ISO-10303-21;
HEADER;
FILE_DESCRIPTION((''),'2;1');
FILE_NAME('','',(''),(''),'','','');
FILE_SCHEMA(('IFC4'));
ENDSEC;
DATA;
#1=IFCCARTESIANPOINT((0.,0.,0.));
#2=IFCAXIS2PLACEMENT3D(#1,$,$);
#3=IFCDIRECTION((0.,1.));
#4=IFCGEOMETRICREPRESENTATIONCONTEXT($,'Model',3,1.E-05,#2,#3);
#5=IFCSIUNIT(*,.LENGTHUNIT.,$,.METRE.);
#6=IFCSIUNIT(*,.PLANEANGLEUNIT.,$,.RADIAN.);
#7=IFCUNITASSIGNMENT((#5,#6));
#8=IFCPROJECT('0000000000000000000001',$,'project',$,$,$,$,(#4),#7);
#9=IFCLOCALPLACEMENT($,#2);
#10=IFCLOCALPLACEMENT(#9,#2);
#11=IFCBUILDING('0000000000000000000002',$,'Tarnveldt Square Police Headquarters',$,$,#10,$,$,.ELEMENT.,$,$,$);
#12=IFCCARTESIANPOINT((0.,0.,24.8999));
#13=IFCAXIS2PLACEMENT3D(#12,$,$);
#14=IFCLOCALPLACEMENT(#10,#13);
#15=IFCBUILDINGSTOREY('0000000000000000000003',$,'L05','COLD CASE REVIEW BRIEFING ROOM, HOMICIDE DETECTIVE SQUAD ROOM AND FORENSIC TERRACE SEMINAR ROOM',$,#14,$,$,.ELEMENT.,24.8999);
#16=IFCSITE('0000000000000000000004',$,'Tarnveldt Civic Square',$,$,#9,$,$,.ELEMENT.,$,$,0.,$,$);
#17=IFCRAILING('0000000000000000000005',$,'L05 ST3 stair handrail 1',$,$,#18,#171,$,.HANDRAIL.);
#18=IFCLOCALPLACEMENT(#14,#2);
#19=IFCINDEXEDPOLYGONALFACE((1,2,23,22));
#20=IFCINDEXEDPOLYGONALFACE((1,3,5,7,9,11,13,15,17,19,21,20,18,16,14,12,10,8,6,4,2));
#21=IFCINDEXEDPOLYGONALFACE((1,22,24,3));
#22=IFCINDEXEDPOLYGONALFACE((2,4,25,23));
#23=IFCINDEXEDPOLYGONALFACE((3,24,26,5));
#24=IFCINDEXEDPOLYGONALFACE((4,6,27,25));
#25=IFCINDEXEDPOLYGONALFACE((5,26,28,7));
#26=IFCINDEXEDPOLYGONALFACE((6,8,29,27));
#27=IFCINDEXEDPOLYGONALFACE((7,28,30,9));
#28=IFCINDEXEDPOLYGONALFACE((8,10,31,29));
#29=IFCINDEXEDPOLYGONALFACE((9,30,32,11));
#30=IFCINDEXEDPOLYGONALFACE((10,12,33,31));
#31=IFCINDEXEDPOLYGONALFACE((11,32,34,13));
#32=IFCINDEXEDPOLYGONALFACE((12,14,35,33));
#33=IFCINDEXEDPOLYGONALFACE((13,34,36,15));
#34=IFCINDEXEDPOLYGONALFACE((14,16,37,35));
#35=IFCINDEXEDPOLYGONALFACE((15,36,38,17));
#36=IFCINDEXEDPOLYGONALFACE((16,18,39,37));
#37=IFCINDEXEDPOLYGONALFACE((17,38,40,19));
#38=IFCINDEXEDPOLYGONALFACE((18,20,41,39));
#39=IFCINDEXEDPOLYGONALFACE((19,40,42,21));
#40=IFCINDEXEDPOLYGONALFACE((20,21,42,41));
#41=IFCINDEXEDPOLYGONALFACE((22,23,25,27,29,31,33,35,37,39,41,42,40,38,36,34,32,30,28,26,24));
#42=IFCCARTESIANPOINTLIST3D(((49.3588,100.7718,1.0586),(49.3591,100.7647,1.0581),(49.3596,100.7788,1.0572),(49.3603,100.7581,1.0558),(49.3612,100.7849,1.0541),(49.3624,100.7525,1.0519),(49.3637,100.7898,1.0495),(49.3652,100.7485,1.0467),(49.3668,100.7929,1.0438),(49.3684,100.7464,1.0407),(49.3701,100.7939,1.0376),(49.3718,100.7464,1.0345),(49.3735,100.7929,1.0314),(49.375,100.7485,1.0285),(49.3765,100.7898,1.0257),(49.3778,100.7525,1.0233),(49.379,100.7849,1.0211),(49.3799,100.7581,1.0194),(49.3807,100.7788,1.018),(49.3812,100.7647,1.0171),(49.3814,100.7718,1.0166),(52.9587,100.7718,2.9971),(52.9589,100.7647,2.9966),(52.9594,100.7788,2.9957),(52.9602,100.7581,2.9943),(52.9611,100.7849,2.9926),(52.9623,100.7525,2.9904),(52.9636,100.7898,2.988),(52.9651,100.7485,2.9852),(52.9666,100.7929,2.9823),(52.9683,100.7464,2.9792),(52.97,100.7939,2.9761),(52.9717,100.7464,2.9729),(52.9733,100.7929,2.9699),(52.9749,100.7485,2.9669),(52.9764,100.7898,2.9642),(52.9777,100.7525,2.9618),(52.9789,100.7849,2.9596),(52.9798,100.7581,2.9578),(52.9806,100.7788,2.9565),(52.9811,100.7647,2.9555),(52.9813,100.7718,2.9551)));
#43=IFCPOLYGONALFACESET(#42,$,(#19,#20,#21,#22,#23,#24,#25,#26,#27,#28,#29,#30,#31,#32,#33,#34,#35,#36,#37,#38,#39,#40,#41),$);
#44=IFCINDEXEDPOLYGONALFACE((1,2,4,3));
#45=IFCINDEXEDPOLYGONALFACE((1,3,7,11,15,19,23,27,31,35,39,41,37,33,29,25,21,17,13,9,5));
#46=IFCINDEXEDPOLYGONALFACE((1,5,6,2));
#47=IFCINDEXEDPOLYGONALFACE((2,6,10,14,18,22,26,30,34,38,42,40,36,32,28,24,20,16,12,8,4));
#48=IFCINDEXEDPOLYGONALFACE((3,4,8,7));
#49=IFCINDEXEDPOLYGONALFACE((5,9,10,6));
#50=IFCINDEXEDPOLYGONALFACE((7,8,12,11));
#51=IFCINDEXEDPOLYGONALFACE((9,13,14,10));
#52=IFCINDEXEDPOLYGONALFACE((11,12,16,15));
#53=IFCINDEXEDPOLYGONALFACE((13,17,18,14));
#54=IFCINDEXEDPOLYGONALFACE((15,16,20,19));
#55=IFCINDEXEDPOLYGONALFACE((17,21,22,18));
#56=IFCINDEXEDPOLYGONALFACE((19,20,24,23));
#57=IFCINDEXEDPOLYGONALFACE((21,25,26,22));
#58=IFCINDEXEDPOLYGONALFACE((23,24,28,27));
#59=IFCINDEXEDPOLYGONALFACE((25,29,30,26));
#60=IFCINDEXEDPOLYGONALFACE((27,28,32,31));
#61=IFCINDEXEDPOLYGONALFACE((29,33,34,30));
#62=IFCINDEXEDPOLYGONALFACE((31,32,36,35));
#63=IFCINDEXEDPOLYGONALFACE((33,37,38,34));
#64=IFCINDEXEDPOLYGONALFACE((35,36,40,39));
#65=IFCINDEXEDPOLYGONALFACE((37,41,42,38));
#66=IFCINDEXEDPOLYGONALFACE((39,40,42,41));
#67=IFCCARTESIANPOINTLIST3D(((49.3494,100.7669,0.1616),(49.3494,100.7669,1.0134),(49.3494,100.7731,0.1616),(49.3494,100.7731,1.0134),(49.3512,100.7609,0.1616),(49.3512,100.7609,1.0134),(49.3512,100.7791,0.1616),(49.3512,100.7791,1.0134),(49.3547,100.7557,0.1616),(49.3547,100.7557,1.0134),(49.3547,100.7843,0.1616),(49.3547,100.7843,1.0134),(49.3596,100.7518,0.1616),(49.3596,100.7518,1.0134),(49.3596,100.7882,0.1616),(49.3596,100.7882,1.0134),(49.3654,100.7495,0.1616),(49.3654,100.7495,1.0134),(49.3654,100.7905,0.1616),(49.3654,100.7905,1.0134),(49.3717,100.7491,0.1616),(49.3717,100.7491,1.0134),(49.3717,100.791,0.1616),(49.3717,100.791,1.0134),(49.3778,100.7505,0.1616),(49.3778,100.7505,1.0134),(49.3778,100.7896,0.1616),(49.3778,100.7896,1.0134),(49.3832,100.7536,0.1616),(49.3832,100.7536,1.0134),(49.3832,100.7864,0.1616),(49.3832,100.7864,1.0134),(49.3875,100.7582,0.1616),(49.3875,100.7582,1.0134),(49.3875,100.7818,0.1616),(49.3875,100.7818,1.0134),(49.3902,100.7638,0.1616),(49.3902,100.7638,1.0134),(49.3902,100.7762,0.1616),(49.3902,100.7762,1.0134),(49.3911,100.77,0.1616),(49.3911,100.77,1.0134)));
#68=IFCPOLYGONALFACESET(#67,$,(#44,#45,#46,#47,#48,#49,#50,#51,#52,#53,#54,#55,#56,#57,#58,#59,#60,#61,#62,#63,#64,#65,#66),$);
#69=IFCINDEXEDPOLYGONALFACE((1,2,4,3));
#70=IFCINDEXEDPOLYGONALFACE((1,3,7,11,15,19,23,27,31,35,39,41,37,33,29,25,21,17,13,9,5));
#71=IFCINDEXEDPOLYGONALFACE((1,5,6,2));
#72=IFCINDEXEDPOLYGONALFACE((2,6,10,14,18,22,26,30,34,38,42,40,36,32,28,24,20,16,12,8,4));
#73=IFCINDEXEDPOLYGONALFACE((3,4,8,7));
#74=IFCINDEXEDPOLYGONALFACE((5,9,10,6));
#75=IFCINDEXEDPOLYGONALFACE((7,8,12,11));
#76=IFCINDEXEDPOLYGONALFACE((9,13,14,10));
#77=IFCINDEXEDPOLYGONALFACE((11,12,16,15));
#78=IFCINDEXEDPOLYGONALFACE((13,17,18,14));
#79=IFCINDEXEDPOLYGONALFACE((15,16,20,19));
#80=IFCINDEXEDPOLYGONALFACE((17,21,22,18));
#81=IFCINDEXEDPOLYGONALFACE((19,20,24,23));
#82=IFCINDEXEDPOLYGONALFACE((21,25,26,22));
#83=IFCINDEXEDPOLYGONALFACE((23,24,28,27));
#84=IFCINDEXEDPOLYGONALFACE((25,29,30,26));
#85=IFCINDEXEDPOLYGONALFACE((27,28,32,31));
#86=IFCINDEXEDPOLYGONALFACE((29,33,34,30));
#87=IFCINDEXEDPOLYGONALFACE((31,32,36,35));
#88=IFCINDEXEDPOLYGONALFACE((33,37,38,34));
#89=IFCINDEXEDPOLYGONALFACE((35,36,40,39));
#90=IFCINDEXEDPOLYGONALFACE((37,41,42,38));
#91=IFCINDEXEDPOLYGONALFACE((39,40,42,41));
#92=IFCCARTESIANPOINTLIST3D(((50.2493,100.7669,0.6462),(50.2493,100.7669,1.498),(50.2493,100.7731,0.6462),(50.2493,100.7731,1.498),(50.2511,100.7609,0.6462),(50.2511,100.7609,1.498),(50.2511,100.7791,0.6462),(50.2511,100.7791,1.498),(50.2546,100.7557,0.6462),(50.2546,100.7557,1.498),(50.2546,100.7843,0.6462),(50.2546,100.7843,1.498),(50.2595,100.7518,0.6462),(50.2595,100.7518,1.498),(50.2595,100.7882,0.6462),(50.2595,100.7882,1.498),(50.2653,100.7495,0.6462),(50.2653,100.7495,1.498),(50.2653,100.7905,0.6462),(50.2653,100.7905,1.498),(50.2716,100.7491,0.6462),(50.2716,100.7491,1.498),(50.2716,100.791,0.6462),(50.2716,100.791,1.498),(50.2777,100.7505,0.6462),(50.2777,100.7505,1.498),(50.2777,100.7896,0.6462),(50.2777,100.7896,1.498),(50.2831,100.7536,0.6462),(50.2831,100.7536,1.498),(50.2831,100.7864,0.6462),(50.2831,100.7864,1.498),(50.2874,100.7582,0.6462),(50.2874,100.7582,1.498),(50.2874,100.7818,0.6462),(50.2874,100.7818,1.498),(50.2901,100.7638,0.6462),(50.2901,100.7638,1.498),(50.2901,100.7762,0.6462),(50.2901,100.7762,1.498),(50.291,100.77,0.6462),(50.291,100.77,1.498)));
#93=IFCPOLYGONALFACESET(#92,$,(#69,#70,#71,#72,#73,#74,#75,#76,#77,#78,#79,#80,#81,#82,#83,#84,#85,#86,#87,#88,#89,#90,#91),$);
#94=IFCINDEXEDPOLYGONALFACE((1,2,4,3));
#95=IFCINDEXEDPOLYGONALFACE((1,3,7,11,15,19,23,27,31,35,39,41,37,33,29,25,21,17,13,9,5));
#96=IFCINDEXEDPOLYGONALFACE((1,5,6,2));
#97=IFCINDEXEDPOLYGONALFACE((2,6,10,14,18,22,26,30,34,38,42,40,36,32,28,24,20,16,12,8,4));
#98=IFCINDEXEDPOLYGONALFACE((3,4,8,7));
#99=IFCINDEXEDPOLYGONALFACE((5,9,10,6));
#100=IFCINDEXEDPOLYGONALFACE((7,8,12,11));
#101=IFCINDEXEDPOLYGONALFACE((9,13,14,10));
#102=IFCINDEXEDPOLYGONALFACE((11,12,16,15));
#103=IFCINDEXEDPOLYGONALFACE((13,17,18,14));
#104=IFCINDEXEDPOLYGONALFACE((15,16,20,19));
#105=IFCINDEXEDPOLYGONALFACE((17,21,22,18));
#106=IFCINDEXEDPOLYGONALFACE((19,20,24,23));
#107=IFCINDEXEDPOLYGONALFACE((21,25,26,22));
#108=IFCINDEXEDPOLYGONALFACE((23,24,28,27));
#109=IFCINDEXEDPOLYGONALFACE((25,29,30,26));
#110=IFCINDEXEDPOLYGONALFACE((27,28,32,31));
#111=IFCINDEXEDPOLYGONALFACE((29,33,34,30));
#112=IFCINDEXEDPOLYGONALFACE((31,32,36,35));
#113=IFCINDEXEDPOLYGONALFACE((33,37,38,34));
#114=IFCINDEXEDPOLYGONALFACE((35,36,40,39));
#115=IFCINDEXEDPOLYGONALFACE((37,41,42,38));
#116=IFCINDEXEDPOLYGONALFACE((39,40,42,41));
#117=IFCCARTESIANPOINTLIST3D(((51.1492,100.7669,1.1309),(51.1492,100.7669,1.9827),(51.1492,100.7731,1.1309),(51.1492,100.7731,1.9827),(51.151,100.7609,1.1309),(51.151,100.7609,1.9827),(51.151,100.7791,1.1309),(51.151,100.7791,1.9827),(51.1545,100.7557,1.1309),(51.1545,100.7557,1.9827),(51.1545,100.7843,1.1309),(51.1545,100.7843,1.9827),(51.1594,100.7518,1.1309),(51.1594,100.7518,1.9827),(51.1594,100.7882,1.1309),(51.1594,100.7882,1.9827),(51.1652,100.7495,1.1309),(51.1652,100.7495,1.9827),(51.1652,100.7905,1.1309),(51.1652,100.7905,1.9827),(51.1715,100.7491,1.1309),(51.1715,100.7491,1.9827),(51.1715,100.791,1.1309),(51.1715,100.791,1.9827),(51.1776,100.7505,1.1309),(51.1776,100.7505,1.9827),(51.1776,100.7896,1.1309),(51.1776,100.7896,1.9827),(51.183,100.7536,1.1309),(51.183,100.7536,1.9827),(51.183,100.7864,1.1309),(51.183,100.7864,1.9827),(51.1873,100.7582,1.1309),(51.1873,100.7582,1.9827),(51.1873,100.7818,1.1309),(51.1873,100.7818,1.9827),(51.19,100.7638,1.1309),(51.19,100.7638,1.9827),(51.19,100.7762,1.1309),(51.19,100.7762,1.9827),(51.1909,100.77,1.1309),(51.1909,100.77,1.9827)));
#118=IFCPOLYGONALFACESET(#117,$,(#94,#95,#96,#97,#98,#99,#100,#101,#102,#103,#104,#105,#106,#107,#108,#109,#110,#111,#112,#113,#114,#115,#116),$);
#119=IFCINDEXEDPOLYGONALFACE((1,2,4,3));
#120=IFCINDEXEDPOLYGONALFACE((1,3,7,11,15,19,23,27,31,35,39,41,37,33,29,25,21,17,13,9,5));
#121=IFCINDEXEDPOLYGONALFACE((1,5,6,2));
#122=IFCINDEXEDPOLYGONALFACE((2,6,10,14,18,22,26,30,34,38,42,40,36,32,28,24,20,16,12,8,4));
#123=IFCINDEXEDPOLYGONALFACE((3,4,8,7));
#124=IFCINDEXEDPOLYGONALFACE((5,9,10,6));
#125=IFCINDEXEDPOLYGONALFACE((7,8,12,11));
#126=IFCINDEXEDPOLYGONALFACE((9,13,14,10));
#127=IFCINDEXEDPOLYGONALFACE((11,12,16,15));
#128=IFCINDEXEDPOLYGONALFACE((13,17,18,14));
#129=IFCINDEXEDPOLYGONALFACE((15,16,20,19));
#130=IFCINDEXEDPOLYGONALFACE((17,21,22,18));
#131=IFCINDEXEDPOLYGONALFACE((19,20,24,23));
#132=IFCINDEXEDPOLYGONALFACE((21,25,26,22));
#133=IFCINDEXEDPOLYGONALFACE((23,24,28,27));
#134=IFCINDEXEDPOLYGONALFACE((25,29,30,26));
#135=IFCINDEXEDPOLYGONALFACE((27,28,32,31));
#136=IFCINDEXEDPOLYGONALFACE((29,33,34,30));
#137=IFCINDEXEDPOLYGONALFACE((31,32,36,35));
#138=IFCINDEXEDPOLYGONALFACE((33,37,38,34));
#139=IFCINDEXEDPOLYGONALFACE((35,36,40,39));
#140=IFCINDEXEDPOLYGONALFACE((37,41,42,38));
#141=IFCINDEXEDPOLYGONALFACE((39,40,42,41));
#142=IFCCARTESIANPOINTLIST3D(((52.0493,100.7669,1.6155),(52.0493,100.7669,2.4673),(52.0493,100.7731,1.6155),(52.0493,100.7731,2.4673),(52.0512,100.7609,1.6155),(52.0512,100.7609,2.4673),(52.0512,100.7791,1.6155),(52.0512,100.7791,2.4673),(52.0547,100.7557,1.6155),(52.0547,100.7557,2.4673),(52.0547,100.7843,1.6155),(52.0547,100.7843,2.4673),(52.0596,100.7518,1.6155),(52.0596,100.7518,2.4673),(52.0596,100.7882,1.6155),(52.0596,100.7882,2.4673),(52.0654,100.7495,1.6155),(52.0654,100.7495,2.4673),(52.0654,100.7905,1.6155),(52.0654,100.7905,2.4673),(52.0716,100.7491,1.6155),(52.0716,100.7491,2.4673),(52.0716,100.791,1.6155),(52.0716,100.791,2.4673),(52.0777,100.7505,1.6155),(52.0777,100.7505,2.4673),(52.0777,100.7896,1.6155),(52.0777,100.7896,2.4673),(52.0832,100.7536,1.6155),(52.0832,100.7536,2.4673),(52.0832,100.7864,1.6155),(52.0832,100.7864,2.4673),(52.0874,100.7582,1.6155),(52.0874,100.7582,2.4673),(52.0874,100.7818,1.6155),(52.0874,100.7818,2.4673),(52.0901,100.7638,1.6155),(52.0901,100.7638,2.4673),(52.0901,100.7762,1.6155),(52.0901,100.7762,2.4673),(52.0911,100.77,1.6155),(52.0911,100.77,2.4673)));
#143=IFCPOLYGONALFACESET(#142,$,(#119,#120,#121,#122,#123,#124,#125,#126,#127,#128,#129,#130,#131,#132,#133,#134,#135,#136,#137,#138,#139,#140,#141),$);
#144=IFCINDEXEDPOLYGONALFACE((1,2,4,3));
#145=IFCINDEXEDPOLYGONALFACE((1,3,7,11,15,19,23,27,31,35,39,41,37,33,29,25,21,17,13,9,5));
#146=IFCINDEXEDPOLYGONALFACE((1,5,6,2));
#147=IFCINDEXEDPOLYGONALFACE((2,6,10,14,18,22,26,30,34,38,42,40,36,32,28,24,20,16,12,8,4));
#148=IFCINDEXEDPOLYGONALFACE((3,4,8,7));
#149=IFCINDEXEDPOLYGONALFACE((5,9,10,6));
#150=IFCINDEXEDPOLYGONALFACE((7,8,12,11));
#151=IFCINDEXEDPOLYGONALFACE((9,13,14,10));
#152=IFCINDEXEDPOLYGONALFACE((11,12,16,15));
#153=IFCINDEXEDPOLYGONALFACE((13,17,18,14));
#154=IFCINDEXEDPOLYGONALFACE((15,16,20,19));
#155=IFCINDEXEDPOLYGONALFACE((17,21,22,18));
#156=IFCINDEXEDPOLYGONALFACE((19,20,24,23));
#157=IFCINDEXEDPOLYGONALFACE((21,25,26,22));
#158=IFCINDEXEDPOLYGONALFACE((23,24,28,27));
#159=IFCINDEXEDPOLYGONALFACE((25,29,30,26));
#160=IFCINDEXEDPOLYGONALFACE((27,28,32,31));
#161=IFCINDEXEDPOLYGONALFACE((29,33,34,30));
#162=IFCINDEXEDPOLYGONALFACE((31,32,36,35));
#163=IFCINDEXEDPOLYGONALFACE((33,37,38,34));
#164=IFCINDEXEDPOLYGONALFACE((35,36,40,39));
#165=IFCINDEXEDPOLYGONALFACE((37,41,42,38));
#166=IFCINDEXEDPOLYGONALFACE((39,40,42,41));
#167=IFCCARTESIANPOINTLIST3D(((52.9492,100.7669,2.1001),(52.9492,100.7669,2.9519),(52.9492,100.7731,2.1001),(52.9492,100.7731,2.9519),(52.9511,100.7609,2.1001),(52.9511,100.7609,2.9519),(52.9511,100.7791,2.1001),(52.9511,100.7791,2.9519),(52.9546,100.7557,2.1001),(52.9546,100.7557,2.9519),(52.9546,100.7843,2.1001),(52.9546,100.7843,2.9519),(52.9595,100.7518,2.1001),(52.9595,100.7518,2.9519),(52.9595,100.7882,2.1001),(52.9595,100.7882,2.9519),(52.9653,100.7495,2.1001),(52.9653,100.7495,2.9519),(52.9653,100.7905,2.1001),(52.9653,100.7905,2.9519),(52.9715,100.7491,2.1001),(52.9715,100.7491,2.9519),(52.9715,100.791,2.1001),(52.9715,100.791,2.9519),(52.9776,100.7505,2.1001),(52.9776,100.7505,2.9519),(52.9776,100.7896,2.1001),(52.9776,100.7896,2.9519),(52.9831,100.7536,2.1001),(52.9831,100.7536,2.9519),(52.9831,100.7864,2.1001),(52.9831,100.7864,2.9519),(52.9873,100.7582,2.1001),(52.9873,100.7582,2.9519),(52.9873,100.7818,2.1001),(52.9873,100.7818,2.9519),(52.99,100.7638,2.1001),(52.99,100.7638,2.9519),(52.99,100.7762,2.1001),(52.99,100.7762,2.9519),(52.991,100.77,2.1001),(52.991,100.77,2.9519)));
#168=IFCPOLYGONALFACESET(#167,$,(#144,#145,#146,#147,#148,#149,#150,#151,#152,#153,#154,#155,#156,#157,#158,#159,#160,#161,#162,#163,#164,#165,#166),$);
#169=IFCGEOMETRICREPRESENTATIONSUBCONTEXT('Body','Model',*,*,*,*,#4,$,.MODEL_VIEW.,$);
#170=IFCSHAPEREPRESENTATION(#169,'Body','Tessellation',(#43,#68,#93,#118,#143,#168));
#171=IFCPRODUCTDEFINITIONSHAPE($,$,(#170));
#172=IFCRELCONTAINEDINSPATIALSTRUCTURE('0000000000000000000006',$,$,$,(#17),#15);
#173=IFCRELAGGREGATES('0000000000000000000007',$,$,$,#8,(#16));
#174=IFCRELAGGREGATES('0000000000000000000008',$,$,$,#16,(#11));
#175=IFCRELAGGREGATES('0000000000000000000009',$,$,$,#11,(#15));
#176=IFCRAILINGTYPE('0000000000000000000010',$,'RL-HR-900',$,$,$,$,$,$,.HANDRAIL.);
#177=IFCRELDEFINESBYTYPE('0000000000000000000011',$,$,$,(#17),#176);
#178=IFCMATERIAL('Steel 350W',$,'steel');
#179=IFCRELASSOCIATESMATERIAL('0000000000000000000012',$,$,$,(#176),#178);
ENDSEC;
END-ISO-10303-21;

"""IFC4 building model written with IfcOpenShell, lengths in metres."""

from ifc_helpers import new_model, si_unit, direction, frame, origin, origin_2d, place, context, subcontext, project, spatial, circle, extrude, material, type_object, element, save


model = new_model("IFC4")

# Units and contexts
model_context = context("Model", 3, precision=1e-05, world=origin(), true_north=direction((0.0, 1.0)))
body_context = subcontext(model_context, "Body", "Model", "MODEL_VIEW")
ifc_project = project(units=[si_unit("LENGTHUNIT", "METRE"), si_unit("PLANEANGLEUNIT", "RADIAN")], contexts=[model_context])

# Site, building, storey
site_placement = place(None, origin())
site = spatial("IfcSite", under=ifc_project, at=site_placement, Name="Tarnveldt Civic Square", CompositionType="ELEMENT", RefElevation=0.0)
building_placement = place(site_placement, origin())
building = spatial("IfcBuilding", under=site, at=building_placement, Name="Tarnveldt Square Police Headquarters", CompositionType="ELEMENT")
storey_placement = place(building_placement, frame((0.0, 0.0, 24.8999)))
storey = spatial("IfcBuildingStorey", under=building, at=storey_placement, Name="L05", Description="COLD CASE REVIEW BRIEFING ROOM, HOMICIDE DETECTIVE SQUAD ROOM AND FORENSIC TERRACE SEMINAR ROOM", CompositionType="ELEMENT", Elevation=24.8999)

# Shared definitions
ifc_material_1 = material(Name="Steel 350W", Category="steel")

# Railing
railing_type_1 = type_object("IfcRailingType", Name="RL-HR-900", PredefinedType="HANDRAIL", material=ifc_material_1)
railing_1_placement = place(storey_placement, frame((49.3701, 100.77, 0.1616)))
element("IfcRailing", 1, at=railing_1_placement, inside=storey, type_object=railing_type_1, Name="L05 ST3 stair handrail 1", PredefinedType="HANDRAIL", context=body_context, shape_type="SweptSolid", body=[
    extrude(circle(Radius=0.0239, at=origin_2d()), frame((0.0, 0.0, 0.876), z_axis=(0.880462, 0.0, 0.474118), x_axis=(0.0, 1.0, 0.0)), (0.0, 0.0, 1.0), 4.0886),
    extrude(circle(Radius=0.021, at=origin_2d()), origin(), (0.0, 0.0, 1.0), 0.8518),
    extrude(circle(Radius=0.021, at=origin_2d()), frame((0.8999, 0.0, 0.4846)), (0.0, 0.0, 1.0), 0.8518),
    extrude(circle(Radius=0.021, at=origin_2d()), frame((1.7998, 0.0, 0.9692)), (0.0, 0.0, 1.0), 0.8518),
    extrude(circle(Radius=0.021, at=origin_2d()), frame((2.7, 0.0, 1.4539)), (0.0, 0.0, 1.0), 0.8518),
    extrude(circle(Radius=0.021, at=origin_2d()), frame((3.5999, 0.0, 1.9385)), (0.0, 0.0, 1.0), 0.8518),
])

save(model, "model.ifc")
